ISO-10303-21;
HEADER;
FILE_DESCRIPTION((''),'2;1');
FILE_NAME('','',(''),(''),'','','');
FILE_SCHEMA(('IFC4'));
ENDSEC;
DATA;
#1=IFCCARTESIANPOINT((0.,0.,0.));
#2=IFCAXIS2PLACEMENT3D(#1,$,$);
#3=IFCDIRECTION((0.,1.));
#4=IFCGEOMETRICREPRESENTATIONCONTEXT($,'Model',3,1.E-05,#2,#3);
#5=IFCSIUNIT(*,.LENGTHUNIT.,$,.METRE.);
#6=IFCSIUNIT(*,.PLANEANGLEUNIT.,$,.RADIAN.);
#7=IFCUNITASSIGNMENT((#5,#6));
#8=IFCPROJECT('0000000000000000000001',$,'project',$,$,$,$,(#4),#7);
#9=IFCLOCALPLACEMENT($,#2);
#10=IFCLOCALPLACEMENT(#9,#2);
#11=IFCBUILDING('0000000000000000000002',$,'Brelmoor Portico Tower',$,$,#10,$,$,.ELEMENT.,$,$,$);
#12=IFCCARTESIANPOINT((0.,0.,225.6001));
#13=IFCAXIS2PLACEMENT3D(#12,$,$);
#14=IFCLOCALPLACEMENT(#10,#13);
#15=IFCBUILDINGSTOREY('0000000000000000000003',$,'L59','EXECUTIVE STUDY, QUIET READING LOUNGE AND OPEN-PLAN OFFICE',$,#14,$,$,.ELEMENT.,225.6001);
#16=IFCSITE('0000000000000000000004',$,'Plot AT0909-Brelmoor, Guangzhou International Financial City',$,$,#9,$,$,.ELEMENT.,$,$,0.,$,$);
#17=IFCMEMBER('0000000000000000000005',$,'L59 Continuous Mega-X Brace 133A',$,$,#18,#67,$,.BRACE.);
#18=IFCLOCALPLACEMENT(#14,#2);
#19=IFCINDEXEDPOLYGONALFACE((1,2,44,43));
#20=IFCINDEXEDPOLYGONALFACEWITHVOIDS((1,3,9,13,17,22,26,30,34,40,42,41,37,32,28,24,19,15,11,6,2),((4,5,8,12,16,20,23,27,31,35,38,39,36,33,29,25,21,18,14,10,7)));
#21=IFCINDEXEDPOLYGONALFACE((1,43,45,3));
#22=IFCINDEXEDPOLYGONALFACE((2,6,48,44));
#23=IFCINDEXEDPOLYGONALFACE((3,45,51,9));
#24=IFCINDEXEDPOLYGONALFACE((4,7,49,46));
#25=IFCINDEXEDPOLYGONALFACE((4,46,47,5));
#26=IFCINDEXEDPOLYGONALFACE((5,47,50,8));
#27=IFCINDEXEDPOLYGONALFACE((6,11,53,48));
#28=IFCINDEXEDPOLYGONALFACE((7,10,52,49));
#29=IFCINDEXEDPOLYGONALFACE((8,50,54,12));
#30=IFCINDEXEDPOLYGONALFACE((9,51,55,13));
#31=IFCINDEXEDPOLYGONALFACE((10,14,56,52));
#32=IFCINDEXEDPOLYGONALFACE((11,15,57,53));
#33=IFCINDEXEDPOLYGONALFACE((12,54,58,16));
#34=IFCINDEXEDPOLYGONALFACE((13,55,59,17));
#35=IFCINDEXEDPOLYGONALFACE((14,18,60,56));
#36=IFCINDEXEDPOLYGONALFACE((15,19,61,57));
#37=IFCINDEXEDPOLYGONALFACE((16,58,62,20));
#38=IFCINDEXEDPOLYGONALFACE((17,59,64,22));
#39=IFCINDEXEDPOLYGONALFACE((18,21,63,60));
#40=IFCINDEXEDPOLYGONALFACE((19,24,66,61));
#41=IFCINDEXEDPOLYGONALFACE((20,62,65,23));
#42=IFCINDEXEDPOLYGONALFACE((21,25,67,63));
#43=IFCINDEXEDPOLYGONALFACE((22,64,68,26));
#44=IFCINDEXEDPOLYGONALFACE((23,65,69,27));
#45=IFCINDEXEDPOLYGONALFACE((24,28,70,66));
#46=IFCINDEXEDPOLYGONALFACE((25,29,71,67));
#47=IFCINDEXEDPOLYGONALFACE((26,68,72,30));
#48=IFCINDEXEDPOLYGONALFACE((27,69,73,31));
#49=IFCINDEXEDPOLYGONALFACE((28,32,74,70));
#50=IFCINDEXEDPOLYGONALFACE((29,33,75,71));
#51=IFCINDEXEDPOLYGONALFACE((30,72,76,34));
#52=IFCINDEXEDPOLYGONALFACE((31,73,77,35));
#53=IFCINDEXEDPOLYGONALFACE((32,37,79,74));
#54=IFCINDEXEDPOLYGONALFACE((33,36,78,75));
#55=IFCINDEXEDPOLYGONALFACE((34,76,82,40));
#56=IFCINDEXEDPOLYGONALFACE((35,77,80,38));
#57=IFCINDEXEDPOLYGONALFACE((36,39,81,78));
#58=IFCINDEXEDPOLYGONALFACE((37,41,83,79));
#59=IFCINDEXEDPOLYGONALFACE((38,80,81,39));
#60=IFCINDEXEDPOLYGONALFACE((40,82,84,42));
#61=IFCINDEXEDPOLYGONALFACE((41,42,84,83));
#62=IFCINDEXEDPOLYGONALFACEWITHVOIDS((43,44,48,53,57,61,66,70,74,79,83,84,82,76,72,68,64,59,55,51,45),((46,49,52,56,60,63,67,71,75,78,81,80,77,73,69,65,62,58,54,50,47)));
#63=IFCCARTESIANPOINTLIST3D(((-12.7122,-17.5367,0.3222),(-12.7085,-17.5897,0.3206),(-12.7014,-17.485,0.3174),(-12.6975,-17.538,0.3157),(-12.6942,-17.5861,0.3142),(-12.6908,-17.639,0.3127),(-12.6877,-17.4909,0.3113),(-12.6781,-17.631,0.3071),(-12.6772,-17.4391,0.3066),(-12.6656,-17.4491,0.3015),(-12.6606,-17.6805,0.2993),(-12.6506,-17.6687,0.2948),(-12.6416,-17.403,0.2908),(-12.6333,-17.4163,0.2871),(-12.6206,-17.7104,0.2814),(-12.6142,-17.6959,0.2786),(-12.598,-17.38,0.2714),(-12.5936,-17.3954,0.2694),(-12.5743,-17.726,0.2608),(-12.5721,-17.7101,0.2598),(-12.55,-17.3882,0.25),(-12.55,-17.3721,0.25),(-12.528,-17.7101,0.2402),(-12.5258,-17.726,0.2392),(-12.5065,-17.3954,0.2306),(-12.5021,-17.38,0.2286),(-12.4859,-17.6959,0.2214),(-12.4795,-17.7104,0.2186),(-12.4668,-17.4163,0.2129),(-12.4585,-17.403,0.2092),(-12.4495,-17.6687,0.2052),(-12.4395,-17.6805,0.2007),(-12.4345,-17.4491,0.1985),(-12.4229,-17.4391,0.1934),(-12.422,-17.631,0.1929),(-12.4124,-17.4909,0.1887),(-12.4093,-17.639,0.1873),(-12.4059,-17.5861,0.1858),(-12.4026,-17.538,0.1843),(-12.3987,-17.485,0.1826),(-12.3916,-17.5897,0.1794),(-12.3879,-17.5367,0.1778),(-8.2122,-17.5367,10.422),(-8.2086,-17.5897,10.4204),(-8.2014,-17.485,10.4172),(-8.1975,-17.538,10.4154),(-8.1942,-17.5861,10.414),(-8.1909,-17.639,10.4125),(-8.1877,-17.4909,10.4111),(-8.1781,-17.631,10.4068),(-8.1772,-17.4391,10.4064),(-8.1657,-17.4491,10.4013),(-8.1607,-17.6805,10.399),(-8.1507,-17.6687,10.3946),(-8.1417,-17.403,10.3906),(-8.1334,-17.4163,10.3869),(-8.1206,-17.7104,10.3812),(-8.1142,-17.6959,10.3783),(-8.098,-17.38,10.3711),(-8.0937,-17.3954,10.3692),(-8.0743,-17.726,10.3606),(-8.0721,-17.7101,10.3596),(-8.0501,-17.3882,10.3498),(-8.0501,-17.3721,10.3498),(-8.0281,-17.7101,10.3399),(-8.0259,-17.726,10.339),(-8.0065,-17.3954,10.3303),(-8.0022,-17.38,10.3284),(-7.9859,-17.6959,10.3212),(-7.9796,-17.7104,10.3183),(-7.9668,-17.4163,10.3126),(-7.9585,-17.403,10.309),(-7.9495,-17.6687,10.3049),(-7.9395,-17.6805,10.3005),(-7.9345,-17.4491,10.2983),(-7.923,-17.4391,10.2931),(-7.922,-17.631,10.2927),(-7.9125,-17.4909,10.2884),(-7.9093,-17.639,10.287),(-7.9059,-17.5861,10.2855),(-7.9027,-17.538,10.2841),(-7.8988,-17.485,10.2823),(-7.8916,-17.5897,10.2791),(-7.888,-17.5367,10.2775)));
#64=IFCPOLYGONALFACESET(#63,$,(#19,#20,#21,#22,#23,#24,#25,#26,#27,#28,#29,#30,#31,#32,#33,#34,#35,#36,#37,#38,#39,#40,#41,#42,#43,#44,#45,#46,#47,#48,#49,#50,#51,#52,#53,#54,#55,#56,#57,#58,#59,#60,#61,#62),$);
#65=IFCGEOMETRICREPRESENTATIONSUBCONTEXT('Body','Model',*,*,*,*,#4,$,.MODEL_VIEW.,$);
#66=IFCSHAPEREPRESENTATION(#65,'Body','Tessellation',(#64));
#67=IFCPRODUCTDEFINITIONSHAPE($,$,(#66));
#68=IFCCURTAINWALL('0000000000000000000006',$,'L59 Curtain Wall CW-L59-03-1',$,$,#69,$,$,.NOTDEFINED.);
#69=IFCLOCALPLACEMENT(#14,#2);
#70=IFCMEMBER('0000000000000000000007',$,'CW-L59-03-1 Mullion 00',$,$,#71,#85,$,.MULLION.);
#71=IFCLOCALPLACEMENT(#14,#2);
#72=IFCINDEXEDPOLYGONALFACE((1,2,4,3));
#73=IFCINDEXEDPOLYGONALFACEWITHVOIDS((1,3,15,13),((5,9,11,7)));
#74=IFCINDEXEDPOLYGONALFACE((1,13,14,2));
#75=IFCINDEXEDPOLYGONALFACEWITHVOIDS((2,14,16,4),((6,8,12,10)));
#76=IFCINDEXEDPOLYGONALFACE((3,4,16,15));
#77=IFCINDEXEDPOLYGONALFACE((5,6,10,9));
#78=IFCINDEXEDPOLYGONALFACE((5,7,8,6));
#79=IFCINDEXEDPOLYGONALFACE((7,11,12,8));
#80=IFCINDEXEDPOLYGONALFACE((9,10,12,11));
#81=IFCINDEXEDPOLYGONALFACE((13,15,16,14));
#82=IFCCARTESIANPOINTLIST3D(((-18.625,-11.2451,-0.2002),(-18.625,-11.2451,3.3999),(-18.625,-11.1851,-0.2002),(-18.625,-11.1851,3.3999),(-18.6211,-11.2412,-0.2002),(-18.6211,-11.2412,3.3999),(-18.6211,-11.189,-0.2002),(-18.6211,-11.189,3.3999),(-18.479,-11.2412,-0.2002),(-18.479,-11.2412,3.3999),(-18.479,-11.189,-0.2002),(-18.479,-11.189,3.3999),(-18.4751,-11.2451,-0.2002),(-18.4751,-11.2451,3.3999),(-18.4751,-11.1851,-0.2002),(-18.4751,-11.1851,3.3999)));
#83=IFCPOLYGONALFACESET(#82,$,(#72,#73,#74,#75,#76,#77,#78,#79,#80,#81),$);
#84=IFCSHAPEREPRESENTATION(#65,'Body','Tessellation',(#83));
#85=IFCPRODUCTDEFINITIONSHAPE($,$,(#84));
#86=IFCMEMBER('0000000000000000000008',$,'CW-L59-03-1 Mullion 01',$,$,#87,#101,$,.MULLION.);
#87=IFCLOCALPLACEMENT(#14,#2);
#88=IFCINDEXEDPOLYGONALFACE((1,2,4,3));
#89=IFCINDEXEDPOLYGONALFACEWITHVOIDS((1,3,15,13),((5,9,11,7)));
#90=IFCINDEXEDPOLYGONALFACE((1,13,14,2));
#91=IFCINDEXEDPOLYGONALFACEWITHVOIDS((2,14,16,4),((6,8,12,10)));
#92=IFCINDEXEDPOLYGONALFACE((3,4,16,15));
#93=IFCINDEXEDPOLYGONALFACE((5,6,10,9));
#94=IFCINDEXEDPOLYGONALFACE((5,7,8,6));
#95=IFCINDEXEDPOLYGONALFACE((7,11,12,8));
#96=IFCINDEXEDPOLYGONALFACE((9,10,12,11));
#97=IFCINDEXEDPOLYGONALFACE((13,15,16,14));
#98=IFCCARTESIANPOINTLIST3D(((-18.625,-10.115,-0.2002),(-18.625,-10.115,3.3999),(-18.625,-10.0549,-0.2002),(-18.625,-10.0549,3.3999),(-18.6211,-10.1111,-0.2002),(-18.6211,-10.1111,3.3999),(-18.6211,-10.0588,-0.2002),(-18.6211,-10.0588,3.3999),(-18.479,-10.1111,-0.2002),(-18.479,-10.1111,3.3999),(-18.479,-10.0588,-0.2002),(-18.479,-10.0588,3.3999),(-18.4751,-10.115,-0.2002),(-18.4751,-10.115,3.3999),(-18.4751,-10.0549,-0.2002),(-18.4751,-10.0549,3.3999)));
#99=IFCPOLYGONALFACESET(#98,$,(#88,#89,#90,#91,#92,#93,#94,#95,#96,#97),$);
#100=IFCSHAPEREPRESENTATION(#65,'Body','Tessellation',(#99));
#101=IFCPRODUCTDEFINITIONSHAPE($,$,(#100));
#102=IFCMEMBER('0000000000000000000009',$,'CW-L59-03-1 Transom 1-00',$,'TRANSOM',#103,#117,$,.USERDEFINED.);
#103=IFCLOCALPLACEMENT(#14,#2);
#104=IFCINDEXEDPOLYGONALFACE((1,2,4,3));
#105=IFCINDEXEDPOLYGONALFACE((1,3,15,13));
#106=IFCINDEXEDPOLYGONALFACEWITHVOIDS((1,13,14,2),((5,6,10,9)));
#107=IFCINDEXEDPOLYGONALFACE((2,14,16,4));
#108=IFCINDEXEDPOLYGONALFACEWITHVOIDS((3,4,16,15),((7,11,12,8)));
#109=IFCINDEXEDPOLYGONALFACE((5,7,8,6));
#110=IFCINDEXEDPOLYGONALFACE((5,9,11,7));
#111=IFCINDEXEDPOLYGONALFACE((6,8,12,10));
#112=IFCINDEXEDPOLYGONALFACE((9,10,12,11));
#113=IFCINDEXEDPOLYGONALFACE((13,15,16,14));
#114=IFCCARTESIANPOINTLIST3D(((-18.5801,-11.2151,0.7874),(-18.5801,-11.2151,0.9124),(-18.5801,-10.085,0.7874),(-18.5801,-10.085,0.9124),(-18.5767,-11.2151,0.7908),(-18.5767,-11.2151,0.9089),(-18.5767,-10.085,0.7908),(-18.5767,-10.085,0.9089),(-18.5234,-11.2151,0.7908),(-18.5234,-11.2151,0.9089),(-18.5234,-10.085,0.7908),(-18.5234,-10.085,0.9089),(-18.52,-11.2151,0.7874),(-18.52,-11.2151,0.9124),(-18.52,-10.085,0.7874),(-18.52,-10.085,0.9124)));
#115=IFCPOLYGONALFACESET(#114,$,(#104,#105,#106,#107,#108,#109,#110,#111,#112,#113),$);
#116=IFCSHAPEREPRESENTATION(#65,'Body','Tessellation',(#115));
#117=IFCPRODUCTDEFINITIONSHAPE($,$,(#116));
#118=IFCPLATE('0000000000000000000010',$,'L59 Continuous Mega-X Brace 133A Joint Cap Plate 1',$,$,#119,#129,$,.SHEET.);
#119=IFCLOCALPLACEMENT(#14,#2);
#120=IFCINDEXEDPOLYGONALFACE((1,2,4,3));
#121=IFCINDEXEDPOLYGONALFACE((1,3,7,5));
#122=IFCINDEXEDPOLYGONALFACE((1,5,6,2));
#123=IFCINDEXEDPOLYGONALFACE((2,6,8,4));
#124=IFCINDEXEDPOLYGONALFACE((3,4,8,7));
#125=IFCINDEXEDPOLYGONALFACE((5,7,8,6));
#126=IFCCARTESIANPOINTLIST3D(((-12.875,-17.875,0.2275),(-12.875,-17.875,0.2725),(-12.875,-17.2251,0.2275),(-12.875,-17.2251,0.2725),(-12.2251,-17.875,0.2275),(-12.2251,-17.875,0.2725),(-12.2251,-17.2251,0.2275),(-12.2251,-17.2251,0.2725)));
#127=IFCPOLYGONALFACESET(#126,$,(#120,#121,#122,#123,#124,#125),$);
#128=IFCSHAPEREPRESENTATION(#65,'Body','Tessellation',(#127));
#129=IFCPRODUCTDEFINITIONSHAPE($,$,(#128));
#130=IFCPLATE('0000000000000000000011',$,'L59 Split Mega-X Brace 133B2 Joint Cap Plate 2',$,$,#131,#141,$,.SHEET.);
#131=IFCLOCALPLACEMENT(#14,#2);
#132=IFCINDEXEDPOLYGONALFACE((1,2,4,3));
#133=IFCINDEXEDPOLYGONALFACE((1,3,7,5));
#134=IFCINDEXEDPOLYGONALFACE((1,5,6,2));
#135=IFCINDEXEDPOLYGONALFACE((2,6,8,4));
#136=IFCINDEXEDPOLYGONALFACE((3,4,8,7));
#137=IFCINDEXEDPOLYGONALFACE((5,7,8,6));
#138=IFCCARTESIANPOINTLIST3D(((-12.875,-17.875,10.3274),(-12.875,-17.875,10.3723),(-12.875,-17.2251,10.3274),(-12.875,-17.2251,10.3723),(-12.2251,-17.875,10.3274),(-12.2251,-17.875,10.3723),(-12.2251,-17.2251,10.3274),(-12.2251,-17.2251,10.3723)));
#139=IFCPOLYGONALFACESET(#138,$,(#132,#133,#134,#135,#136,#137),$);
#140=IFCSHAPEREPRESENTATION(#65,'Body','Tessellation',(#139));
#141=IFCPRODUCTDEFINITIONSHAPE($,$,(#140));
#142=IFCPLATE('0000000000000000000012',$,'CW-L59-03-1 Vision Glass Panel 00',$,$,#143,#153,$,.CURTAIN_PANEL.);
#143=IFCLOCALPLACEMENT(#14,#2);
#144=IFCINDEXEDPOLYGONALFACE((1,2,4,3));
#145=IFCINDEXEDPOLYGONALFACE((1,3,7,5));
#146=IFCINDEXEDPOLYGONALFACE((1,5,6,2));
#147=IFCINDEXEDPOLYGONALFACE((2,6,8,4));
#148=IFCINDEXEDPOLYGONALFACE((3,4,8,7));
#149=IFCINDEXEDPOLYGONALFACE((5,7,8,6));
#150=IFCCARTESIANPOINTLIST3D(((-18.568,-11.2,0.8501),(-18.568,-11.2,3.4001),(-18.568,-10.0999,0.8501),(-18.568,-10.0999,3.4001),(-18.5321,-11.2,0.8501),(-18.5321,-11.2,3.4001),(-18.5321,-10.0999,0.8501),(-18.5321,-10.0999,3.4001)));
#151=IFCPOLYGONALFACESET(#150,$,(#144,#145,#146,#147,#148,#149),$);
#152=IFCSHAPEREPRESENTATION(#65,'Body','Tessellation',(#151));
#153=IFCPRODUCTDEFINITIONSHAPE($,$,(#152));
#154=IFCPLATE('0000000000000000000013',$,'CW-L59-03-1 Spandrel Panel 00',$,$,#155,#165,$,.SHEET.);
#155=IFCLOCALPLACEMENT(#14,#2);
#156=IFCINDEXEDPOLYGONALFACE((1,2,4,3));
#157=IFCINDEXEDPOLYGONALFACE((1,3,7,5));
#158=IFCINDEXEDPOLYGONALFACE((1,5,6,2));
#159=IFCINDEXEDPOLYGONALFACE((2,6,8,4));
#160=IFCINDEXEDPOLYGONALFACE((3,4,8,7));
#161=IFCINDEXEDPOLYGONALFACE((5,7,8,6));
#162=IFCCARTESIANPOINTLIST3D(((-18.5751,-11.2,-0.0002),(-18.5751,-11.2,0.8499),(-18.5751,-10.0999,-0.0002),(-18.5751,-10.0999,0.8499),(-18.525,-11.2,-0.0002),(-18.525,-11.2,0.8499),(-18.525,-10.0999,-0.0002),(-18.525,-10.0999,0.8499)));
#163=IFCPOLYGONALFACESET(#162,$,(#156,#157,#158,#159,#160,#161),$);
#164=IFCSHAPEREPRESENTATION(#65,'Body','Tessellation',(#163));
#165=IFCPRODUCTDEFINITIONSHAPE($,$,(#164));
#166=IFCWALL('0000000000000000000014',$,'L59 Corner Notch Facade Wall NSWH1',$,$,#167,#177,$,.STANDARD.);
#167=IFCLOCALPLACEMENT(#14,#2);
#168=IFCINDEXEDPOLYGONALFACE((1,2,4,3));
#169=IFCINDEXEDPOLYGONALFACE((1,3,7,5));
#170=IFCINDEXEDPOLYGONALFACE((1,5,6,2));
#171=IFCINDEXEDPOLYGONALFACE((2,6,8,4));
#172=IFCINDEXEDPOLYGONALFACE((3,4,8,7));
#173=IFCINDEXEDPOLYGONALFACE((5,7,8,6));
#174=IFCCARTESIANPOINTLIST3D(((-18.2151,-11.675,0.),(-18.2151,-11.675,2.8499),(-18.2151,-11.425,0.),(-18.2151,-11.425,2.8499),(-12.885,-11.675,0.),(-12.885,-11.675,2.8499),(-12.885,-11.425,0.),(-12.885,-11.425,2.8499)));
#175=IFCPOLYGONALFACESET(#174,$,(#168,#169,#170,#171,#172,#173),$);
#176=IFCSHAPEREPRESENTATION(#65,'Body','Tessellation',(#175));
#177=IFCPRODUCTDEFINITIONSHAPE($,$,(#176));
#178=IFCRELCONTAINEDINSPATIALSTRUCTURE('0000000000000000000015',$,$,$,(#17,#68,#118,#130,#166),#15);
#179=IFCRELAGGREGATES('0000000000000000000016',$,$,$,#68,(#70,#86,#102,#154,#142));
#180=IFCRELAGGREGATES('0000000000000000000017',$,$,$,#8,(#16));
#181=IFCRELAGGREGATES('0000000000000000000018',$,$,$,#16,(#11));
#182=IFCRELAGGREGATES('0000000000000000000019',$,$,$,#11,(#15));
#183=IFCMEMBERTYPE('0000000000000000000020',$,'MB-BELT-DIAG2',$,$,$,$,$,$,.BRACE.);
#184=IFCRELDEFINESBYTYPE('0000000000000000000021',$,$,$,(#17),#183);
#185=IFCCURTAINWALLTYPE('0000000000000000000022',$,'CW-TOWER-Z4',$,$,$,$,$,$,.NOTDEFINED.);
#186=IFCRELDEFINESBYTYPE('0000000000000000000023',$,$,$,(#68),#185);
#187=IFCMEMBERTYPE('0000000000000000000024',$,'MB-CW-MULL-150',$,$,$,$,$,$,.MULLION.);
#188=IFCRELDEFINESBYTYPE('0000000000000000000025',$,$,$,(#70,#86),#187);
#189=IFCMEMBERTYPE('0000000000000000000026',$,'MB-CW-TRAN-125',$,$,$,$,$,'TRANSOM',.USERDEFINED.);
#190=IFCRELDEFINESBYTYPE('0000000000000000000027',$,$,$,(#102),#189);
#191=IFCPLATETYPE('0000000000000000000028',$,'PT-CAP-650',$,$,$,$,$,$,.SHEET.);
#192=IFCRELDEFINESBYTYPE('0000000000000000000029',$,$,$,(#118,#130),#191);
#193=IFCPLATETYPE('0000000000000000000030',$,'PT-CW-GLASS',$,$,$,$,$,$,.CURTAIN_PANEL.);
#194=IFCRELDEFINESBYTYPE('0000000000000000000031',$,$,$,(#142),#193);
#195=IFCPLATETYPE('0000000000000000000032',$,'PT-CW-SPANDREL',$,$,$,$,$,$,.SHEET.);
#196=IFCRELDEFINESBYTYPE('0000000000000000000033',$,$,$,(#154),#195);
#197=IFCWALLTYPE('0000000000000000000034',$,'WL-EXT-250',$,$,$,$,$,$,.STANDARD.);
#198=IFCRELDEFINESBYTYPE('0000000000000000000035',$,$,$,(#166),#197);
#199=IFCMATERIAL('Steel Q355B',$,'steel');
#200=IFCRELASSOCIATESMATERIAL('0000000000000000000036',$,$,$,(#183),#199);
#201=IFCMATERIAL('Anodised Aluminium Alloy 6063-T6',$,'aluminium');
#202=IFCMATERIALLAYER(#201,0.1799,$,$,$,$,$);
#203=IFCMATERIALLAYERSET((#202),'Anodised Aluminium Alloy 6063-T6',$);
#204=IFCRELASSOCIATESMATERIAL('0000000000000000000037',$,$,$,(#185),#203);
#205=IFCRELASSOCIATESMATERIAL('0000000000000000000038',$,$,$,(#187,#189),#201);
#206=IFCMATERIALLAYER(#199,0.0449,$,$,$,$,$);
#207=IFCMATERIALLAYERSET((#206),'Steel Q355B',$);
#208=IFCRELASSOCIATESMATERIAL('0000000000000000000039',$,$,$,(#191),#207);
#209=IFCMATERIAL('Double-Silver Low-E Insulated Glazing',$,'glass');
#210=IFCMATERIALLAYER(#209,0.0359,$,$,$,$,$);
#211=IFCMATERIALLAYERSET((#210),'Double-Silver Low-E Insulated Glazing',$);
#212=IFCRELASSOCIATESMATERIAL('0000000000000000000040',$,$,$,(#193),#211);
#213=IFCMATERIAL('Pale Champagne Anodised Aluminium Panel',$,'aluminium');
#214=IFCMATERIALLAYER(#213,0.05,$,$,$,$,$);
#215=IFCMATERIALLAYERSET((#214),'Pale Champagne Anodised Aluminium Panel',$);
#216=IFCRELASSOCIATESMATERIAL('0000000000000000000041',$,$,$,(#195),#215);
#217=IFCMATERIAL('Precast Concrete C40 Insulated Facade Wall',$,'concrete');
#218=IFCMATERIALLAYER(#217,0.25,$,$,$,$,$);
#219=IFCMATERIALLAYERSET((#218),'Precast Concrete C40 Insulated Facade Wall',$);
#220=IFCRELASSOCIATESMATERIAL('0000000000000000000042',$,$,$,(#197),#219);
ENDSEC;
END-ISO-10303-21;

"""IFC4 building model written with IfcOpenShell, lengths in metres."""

from ifc_helpers import new_model, si_unit, direction, frame, frame_2d, origin, origin_2d, place, context, subcontext, project, spatial, rectangle, hollow_rectangle, hollow_circle, extrude, material, layer, layer_set, material_profile, profile_set, type_object, element, aggregate, save


model = new_model("IFC4")

# Units and contexts
model_context = context("Model", 3, precision=1e-05, world=origin(), true_north=direction((0.0, 1.0)))
body_context = subcontext(model_context, "Body", "Model", "MODEL_VIEW")
ifc_project = project(units=[si_unit("LENGTHUNIT", "METRE"), si_unit("PLANEANGLEUNIT", "RADIAN")], contexts=[model_context])

# Site, building, storey
site_placement = place(None, origin())
site = spatial("IfcSite", under=ifc_project, at=site_placement, Name="Plot AT0909-Brelmoor, Guangzhou International Financial City", CompositionType="ELEMENT", RefElevation=0.0)
building_placement = place(site_placement, origin())
building = spatial("IfcBuilding", under=site, at=building_placement, Name="Brelmoor Portico Tower", CompositionType="ELEMENT")
storey_placement = place(building_placement, frame((0.0, 0.0, 225.6001)))
storey = spatial("IfcBuildingStorey", under=building, at=storey_placement, Name="L59", Description="EXECUTIVE STUDY, QUIET READING LOUNGE AND OPEN-PLAN OFFICE", CompositionType="ELEMENT", Elevation=225.6001)

# Shared definitions
ifc_material_1 = material(Name="Steel Q355B", Category="steel")

# Member
ifc_material_profile_1 = material_profile(ifc_material_1, hollow_circle(Radius=0.178, WallThickness=0.0161, at=origin_2d()), Name="CHS 356x16")
ifc_profile_set_1 = profile_set([ifc_material_profile_1], Name="Steel Q355B")
member_type_1 = type_object("IfcMemberType", Name="MB-BELT-DIAG2", PredefinedType="BRACE", material=ifc_profile_set_1)
member_1_placement = place(storey_placement, frame((-12.55, -17.55, 0.25), z_axis=(0.406982, 0.0, 0.913436), x_axis=(0.0, 1.0, 0.0)))
element("IfcMember", 1, at=member_1_placement, inside=storey, type_object=member_type_1, Name="L59 Continuous Mega-X Brace 133A", PredefinedType="BRACE", context=body_context, shape_type="SweptSolid", body=[
    extrude(hollow_circle(Radius=0.178, WallThickness=0.0161, at=origin_2d()), origin(), (0.0, 0.0, 1.0), 11.0569),
])

# Curtain wall, members
ifc_material_2 = material(Name="Anodised Aluminium Alloy 6063-T6", Category="aluminium")
ifc_layer_1 = layer(ifc_material_2, 0.1799)
ifc_layer_set_1 = layer_set([ifc_layer_1], Name="Anodised Aluminium Alloy 6063-T6")
curtain_wall_type = type_object("IfcCurtainWallType", Name="CW-TOWER-Z4", PredefinedType="NOTDEFINED", material=ifc_layer_set_1)
curtain_wall_placement = place(storey_placement, origin())
curtain_wall = element("IfcCurtainWall", 2, at=curtain_wall_placement, inside=storey, type_object=curtain_wall_type, Name="L59 Curtain Wall CW-L59-03-1", PredefinedType="NOTDEFINED")
ifc_material_profile_2 = material_profile(ifc_material_2, hollow_rectangle(XDim=0.0601, YDim=0.1499, WallThickness=0.0039, at=origin_2d()), Name="ALU MULLION 60x150")
ifc_profile_set_2 = profile_set([ifc_material_profile_2], Name="Anodised Aluminium Alloy 6063-T6")
member_type_2 = type_object("IfcMemberType", Name="MB-CW-MULL-150", PredefinedType="MULLION", material=ifc_profile_set_2)
member_2_placement = place(storey_placement, frame((-18.55, -11.2151, -0.2002), z_axis=(0.0, 0.0, 1.0), x_axis=(0.0, 1.0, 0.0)))
member_2 = element("IfcMember", 3, at=member_2_placement, type_object=member_type_2, Name="CW-L59-03-1 Mullion 00", PredefinedType="MULLION", context=body_context, shape_type="SweptSolid", body=[
    extrude(hollow_rectangle(XDim=0.0601, YDim=0.1499, WallThickness=0.0039, at=origin_2d()), origin(), (0.0, 0.0, 1.0), 3.6001),
])
member_3_placement = place(storey_placement, frame((-18.55, -10.085, -0.2002), z_axis=(0.0, 0.0, 1.0), x_axis=(0.0, 1.0, 0.0)))
member_3 = element("IfcMember", 4, at=member_3_placement, type_object=member_type_2, Name="CW-L59-03-1 Mullion 01", PredefinedType="MULLION", context=body_context, shape_type="SweptSolid", body=[
    extrude(hollow_rectangle(XDim=0.0601, YDim=0.1499, WallThickness=0.0039, at=origin_2d()), origin(), (0.0, 0.0, 1.0), 3.6001),
])
ifc_material_profile_3 = material_profile(ifc_material_2, hollow_rectangle(XDim=0.0601, YDim=0.125, WallThickness=0.0034, at=origin_2d()), Name="ALU TRANSOM 60x125")
ifc_profile_set_3 = profile_set([ifc_material_profile_3], Name="Anodised Aluminium Alloy 6063-T6")
member_type_3 = type_object("IfcMemberType", Name="MB-CW-TRAN-125", ElementType="TRANSOM", PredefinedType="USERDEFINED", material=ifc_profile_set_3)
member_4_placement = place(storey_placement, frame((-18.55, -11.2151, 0.8499), z_axis=(0.0, 1.0, 0.0), x_axis=(-1.0, 0.0, 0.0)))
member_4 = element("IfcMember", 5, at=member_4_placement, type_object=member_type_3, Name="CW-L59-03-1 Transom 1-00", ObjectType="TRANSOM", PredefinedType="USERDEFINED", context=body_context, shape_type="SweptSolid", body=[
    extrude(hollow_rectangle(XDim=0.0601, YDim=0.125, WallThickness=0.0034, at=origin_2d()), origin(), (0.0, 0.0, 1.0), 1.1301),
])

# Plates
ifc_layer_2 = layer(ifc_material_1, 0.0449)
ifc_layer_set_2 = layer_set([ifc_layer_2], Name="Steel Q355B")
plate_type_1 = type_object("IfcPlateType", Name="PT-CAP-650", PredefinedType="SHEET", material=ifc_layer_set_2)
for number, where, z_axis, x_axis, name in (
    (6, (-12.55, -17.55, 0.2275), (0.0, 0.0, 1.0), (1.0, 0.0, 0.0), "L59 Continuous Mega-X Brace 133A Joint Cap Plate 1"),
    (7, (-12.55, -17.55, 10.3274), (0.0, 0.0, 1.0), (1.0, 0.0, 0.0), "L59 Split Mega-X Brace 133B2 Joint Cap Plate 2"),
):
    element("IfcPlate", number, at=place(storey_placement, frame(where, z_axis=z_axis, x_axis=x_axis)), inside=storey, type_object=plate_type_1, Name=name, PredefinedType="SHEET", context=body_context, shape_type="SweptSolid", body=[
        extrude(rectangle(XDim=0.6499, YDim=0.6499, at=origin_2d()), origin(), (0.0, 0.0, 1.0), 0.0449),
    ])

# Plates
ifc_material_3 = material(Name="Double-Silver Low-E Insulated Glazing", Category="glass")
ifc_layer_3 = layer(ifc_material_3, 0.0359)
ifc_layer_set_3 = layer_set([ifc_layer_3], Name="Double-Silver Low-E Insulated Glazing")
plate_type_2 = type_object("IfcPlateType", Name="PT-CW-GLASS", PredefinedType="CURTAIN_PANEL", material=ifc_layer_set_3)
plate_1_placement = place(storey_placement, frame((-18.55, -10.6499, 0.8501), z_axis=(0.0, 0.0, 1.0), x_axis=(0.0, 1.0, 0.0)))
plate_1 = element("IfcPlate", 8, at=plate_1_placement, type_object=plate_type_2, Name="CW-L59-03-1 Vision Glass Panel 00", PredefinedType="CURTAIN_PANEL", context=body_context, shape_type="SweptSolid", body=[
    extrude(rectangle(XDim=1.1001, YDim=0.0359, at=origin_2d()), origin(), (0.0, 0.0, 1.0), 2.55),
])
ifc_material_4 = material(Name="Pale Champagne Anodised Aluminium Panel", Category="aluminium")
ifc_layer_4 = layer(ifc_material_4, 0.05)
ifc_layer_set_4 = layer_set([ifc_layer_4], Name="Pale Champagne Anodised Aluminium Panel")
plate_type_3 = type_object("IfcPlateType", Name="PT-CW-SPANDREL", PredefinedType="SHEET", material=ifc_layer_set_4)
plate_2_placement = place(storey_placement, frame((-18.55, -10.6499, -0.0002), z_axis=(0.0, 0.0, 1.0), x_axis=(0.0, 1.0, 0.0)))
plate_2 = element("IfcPlate", 9, at=plate_2_placement, type_object=plate_type_3, Name="CW-L59-03-1 Spandrel Panel 00", PredefinedType="SHEET", context=body_context, shape_type="SweptSolid", body=[
    extrude(rectangle(XDim=1.1001, YDim=0.05, at=origin_2d()), origin(), (0.0, 0.0, 1.0), 0.8501),
])
aggregate(curtain_wall, [member_2, member_3, member_4, plate_2, plate_1])

# Wall
ifc_material_5 = material(Name="Precast Concrete C40 Insulated Facade Wall", Category="concrete")
ifc_layer_5 = layer(ifc_material_5, 0.25)
ifc_layer_set_5 = layer_set([ifc_layer_5], Name="Precast Concrete C40 Insulated Facade Wall")
wall_type_1 = type_object("IfcWallType", Name="WL-EXT-250", PredefinedType="STANDARD", material=ifc_layer_set_5)
wall_1_placement = place(storey_placement, frame((-18.2151, -11.55, 0.0), z_axis=(0.0, 0.0, 1.0), x_axis=(1.0, 0.0, 0.0)))
element("IfcWall", 10, at=wall_1_placement, inside=storey, type_object=wall_type_1, Name="L59 Corner Notch Facade Wall NSWH1", PredefinedType="STANDARD", context=body_context, shape_type="SweptSolid", body=[
    extrude(rectangle(XDim=5.3301, YDim=0.25, at=frame_2d((2.665, 0.0))), origin(), (0.0, 0.0, 1.0), 2.8499),
])

save(model, "model.ifc")
